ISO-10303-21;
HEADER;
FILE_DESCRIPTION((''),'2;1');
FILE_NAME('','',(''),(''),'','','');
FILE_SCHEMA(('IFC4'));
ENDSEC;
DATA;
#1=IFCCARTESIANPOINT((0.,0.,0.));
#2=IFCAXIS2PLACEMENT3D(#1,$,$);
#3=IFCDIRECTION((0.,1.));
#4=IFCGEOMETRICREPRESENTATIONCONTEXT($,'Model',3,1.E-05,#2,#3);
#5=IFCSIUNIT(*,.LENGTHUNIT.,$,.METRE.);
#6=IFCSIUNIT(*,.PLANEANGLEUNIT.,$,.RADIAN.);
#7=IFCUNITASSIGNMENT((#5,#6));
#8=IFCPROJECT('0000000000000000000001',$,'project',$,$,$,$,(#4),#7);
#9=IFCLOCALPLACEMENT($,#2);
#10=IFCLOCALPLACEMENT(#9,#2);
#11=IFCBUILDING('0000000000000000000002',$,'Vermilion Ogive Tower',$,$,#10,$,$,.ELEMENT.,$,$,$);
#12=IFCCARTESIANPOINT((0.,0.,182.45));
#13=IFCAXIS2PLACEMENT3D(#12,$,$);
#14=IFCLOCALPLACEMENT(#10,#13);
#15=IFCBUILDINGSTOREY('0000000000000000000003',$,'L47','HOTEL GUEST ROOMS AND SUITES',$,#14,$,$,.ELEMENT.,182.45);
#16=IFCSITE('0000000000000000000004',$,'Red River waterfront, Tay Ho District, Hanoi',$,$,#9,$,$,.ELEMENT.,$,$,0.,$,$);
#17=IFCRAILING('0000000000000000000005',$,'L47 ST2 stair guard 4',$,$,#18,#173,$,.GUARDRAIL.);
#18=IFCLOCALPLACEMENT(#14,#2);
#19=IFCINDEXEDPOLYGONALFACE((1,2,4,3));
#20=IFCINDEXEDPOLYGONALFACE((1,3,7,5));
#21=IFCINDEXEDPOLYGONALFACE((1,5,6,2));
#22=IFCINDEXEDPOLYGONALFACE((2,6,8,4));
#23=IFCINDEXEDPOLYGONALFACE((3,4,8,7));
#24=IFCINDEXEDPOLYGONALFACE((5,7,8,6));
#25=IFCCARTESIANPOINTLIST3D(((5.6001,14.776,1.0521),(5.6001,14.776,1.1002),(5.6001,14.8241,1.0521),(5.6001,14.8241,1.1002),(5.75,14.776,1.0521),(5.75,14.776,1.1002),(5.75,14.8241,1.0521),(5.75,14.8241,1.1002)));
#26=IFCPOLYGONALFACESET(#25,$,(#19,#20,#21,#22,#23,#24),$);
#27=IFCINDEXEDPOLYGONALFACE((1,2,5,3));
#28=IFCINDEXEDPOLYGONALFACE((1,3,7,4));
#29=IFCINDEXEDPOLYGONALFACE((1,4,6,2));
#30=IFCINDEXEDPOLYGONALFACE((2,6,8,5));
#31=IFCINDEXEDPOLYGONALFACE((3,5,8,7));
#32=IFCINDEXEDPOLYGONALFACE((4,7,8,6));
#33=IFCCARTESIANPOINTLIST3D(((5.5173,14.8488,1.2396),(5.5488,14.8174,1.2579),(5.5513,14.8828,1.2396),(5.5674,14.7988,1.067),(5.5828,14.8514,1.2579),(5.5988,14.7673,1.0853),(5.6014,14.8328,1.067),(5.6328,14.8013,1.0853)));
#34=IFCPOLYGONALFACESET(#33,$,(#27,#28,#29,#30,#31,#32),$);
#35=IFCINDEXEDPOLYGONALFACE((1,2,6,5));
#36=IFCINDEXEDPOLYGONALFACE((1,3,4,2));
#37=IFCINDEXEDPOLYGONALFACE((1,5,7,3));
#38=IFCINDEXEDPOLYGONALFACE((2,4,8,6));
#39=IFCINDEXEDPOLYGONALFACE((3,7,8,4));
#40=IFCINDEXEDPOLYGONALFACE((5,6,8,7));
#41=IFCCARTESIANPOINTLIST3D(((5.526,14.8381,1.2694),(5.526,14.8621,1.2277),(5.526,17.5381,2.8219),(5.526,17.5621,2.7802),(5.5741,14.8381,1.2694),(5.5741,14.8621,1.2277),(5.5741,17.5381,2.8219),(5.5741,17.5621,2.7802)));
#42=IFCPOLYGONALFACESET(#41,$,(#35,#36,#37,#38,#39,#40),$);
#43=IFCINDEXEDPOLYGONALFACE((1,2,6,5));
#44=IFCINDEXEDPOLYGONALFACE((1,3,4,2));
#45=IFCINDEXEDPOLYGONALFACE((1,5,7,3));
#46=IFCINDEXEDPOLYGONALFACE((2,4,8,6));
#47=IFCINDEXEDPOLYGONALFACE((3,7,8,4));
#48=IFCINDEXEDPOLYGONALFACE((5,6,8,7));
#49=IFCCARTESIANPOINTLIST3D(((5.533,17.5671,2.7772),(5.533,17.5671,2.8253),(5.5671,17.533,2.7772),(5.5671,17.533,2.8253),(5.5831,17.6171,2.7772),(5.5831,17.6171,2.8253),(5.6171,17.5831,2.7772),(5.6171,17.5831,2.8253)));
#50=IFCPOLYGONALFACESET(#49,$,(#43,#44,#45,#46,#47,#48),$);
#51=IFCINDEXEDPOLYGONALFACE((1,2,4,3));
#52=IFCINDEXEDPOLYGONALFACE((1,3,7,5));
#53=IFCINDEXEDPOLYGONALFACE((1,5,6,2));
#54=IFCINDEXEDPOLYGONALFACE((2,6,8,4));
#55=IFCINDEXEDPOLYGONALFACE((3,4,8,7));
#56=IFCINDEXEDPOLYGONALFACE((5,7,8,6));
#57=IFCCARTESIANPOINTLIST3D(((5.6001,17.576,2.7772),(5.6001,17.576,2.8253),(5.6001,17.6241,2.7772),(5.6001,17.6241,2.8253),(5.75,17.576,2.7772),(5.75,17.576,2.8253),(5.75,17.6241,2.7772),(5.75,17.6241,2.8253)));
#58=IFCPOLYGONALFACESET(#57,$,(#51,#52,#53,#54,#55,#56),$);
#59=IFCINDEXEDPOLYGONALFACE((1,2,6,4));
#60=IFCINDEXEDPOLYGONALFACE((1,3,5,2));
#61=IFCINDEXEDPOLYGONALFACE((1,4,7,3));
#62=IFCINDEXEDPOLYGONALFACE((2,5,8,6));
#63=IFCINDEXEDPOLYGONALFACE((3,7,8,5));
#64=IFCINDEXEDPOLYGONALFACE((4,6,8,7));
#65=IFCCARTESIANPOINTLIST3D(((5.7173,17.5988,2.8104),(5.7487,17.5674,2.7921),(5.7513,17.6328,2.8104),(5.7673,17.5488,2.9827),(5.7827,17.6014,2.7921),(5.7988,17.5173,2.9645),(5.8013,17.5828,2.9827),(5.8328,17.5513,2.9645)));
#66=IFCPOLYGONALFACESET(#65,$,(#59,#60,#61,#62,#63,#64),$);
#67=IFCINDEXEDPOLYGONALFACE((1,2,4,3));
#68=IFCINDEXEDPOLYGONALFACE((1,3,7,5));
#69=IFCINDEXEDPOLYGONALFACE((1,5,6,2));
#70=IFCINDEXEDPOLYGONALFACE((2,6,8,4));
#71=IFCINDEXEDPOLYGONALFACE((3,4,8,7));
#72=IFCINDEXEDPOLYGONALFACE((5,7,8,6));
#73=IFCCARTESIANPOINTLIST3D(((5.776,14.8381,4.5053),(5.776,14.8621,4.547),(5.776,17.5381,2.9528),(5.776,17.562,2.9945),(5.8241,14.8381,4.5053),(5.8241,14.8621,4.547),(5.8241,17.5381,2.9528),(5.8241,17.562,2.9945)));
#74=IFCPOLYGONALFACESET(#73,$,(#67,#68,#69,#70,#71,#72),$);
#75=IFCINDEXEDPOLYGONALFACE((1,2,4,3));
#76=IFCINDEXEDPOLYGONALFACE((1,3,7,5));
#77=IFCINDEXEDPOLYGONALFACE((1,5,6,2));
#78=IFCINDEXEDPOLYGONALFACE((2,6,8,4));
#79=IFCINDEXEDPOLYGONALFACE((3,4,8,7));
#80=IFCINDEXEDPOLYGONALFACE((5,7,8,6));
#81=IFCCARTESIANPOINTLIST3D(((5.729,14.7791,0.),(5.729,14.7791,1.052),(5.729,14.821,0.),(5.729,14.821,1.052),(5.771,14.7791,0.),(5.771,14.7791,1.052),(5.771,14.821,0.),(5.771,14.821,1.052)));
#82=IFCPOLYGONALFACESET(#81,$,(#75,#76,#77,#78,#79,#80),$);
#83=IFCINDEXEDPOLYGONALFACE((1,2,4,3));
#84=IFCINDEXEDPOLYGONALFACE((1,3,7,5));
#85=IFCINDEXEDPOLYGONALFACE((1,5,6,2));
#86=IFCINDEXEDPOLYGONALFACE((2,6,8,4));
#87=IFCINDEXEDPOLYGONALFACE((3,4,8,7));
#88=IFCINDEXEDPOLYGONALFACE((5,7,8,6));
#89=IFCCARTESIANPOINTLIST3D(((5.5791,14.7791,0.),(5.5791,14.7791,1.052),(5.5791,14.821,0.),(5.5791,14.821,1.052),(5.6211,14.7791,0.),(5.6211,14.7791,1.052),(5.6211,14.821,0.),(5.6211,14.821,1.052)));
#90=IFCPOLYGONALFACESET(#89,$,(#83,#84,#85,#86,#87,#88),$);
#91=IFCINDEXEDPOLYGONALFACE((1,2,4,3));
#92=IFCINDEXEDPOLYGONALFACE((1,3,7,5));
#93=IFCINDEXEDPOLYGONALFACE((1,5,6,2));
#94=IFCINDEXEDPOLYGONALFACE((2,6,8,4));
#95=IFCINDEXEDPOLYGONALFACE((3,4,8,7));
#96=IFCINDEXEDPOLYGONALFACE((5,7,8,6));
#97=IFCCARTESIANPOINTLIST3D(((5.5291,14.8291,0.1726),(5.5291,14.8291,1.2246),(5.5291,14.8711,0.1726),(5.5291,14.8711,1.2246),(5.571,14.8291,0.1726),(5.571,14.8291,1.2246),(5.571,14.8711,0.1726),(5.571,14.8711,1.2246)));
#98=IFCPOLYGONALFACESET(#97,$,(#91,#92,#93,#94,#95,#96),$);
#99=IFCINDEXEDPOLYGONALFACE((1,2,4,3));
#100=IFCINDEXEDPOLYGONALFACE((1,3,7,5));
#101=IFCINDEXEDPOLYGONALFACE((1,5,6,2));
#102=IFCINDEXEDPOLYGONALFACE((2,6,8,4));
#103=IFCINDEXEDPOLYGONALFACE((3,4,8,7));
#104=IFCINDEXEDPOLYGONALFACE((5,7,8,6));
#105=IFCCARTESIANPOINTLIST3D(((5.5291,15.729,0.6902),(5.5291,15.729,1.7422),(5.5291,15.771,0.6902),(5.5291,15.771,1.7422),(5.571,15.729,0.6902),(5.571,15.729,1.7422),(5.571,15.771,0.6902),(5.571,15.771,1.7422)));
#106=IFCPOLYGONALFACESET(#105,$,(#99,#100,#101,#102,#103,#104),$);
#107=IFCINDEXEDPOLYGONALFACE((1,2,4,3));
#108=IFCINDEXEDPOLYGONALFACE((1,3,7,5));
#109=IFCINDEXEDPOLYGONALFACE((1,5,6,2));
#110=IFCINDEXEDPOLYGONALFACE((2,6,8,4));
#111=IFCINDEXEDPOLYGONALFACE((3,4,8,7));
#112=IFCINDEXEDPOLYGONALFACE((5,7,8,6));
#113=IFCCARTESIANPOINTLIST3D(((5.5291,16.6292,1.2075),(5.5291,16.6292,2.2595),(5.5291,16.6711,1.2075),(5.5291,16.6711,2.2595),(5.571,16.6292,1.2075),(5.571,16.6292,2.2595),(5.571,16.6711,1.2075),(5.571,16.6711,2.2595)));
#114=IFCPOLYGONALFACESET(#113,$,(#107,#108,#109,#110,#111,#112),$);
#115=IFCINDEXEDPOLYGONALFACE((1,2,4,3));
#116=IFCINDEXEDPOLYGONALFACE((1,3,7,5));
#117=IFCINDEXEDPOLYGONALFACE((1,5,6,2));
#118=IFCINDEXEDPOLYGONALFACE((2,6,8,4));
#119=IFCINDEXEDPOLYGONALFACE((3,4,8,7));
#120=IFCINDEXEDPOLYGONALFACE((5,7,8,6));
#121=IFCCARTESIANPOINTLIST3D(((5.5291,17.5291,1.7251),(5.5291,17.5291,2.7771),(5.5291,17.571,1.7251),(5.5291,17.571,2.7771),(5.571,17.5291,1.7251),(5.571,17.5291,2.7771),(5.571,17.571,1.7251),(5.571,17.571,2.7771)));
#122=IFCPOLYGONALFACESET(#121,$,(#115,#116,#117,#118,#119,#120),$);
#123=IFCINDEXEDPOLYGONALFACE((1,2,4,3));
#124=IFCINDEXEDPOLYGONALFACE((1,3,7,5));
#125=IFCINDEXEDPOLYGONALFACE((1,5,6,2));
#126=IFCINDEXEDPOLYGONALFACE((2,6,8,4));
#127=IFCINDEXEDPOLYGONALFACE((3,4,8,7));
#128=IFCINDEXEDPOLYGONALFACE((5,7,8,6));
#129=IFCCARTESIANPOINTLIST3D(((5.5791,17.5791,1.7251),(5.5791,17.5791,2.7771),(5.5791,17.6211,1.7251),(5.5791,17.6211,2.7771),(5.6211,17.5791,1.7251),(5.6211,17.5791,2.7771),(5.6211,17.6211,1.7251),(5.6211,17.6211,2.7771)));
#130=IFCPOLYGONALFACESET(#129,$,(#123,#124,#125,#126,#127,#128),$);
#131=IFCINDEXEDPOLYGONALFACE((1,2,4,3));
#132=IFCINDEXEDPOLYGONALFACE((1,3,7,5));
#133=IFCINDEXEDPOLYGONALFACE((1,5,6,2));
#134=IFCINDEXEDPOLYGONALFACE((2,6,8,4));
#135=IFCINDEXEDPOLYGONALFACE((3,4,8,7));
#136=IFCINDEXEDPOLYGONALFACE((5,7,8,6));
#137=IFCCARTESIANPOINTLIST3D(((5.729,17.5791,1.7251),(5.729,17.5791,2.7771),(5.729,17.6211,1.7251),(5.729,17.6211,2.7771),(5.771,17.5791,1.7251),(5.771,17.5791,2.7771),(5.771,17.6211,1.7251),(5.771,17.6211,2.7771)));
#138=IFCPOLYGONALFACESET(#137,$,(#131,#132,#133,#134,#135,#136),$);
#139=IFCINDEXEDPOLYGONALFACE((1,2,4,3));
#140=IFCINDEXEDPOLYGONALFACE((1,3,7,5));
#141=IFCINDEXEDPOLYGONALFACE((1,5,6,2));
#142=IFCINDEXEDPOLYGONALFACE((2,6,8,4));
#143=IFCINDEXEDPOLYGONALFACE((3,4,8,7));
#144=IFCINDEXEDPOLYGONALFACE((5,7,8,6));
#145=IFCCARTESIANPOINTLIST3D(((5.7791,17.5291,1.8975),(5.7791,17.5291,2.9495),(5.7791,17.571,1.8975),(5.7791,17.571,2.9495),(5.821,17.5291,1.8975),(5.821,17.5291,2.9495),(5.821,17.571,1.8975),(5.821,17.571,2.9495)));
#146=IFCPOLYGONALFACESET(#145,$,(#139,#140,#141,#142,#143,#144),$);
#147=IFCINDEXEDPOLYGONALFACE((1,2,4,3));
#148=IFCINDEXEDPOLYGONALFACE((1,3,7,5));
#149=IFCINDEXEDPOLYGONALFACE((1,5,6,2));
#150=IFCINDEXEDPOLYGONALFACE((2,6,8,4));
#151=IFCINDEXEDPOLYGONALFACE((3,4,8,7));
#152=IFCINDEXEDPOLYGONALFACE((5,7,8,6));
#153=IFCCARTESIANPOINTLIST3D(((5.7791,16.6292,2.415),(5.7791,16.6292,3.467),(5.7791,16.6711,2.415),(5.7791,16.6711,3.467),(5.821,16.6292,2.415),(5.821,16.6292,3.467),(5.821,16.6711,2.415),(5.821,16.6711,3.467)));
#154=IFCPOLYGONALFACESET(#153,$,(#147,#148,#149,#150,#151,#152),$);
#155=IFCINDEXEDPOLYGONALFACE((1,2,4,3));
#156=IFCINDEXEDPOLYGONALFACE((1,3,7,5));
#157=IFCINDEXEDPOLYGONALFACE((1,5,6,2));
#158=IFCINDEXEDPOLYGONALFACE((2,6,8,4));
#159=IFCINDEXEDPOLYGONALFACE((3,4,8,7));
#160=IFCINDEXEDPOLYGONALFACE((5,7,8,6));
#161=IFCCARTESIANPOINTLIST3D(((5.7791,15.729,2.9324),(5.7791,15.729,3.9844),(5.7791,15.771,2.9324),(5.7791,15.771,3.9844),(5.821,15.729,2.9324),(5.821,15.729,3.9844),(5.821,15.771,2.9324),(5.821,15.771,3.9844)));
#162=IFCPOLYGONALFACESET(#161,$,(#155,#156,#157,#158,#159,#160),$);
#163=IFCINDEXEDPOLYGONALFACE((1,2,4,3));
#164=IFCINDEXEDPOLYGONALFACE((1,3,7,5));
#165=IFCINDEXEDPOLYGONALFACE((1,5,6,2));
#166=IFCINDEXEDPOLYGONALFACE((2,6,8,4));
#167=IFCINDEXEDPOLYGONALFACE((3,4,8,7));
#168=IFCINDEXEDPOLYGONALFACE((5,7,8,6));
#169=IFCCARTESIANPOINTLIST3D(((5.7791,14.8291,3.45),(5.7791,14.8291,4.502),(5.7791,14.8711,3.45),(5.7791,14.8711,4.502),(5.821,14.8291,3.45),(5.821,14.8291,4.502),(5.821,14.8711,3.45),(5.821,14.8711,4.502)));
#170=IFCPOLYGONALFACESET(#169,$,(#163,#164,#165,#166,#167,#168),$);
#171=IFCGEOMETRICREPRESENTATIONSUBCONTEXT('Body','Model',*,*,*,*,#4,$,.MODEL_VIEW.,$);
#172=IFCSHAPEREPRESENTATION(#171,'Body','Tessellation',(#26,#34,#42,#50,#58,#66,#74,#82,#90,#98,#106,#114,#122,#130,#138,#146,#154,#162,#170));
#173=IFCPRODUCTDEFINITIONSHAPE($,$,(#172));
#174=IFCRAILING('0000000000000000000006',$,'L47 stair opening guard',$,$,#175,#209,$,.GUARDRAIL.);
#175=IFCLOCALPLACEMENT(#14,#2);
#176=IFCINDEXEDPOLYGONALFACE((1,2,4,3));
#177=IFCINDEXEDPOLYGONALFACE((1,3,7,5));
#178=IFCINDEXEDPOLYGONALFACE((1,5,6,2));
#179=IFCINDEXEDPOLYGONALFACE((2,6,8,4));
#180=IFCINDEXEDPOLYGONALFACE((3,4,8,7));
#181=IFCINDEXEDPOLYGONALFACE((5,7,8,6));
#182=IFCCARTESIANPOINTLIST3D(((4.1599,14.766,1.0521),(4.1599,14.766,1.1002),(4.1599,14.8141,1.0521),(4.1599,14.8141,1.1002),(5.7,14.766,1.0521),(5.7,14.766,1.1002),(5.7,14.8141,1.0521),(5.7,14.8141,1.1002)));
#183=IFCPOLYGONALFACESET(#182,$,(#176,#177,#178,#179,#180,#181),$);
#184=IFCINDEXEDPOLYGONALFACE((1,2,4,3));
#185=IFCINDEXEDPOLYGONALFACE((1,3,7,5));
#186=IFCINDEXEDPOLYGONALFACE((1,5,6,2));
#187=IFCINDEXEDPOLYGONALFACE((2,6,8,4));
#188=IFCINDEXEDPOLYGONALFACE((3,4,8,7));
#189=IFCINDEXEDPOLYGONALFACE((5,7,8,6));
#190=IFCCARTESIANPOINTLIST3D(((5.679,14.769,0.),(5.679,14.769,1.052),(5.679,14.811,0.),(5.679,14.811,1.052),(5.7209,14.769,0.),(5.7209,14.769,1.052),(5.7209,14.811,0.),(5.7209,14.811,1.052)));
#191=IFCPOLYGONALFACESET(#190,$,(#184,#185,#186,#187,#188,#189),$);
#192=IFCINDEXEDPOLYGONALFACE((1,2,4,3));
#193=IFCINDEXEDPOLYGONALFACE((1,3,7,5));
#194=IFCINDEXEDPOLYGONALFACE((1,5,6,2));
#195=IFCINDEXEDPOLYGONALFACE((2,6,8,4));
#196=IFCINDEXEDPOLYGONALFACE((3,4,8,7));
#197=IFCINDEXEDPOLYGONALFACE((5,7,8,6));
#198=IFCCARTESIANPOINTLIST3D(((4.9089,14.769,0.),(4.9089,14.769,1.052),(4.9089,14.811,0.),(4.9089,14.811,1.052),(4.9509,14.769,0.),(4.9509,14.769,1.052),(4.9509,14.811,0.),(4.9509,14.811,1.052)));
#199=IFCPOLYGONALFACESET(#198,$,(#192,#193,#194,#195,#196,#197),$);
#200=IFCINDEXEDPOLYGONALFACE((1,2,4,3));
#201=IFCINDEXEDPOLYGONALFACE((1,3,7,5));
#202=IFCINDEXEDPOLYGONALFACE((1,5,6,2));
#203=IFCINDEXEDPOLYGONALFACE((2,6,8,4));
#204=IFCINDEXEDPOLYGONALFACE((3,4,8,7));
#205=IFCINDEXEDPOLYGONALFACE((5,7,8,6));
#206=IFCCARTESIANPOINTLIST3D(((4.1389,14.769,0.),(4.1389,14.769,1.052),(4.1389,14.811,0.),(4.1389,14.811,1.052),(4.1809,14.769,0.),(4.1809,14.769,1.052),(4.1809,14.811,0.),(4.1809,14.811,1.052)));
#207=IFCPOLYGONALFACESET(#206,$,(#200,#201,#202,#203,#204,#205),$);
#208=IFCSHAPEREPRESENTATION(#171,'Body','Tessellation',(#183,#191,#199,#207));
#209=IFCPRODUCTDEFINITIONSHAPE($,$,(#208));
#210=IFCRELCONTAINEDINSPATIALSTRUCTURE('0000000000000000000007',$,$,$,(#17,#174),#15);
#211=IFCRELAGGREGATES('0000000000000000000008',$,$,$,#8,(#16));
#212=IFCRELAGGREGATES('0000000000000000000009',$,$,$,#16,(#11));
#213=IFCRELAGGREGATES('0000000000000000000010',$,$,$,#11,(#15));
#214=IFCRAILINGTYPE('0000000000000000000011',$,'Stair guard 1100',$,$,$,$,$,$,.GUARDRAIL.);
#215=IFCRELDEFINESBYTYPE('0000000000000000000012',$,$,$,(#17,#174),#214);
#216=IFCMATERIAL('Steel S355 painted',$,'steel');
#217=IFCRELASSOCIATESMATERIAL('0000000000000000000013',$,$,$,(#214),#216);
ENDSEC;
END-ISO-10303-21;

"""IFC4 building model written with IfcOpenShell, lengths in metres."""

from ifc_helpers import new_model, si_unit, direction, frame, origin, origin_2d, place, context, subcontext, project, spatial, rectangle, extrude, material, type_object, element, save


model = new_model("IFC4")

# Units and contexts
model_context = context("Model", 3, precision=1e-05, world=origin(), true_north=direction((0.0, 1.0)))
body_context = subcontext(model_context, "Body", "Model", "MODEL_VIEW")
ifc_project = project(units=[si_unit("LENGTHUNIT", "METRE"), si_unit("PLANEANGLEUNIT", "RADIAN")], contexts=[model_context])

# Site, building, storey
site_placement = place(None, origin())
site = spatial("IfcSite", under=ifc_project, at=site_placement, Name="Red River waterfront, Tay Ho District, Hanoi", CompositionType="ELEMENT", RefElevation=0.0)
building_placement = place(site_placement, origin())
building = spatial("IfcBuilding", under=site, at=building_placement, Name="Vermilion Ogive Tower", CompositionType="ELEMENT")
storey_placement = place(building_placement, frame((0.0, 0.0, 182.45)))
storey = spatial("IfcBuildingStorey", under=building, at=storey_placement, Name="L47", Description="HOTEL GUEST ROOMS AND SUITES", CompositionType="ELEMENT", Elevation=182.45)

# Railings
ifc_material_1 = material(Name="Steel S355 painted", Category="steel")
railing_type_1 = type_object("IfcRailingType", Name="Stair guard 1100", PredefinedType="GUARDRAIL", material=ifc_material_1)
railing_1_placement = place(storey_placement, frame((5.75, 14.8, 0.0)))
element("IfcRailing", 1, at=railing_1_placement, inside=storey, type_object=railing_type_1, Name="L47 ST2 stair guard 4", PredefinedType="GUARDRAIL", context=body_context, shape_type="SweptSolid", body=[
    extrude(rectangle(XDim=0.0481, YDim=0.0481, at=origin_2d()), frame((0.0, 0.0, 1.0762), z_axis=(-1.0, 0.0, 0.0), x_axis=(0.0, -1.0, 0.0)), (0.0, 0.0, 1.0), 0.1499),
    extrude(rectangle(XDim=0.0481, YDim=0.0481, at=origin_2d()), frame((-0.1499, 0.0, 1.0762), z_axis=(-0.268278, 0.268278, 0.925232), x_axis=(-0.707107, -0.707107, 0.0)), (0.0, 0.0, 1.0), 0.1865),
    extrude(rectangle(XDim=0.0481, YDim=0.0481, at=origin_2d()), frame((-0.2, 0.05, 1.2485), z_axis=(0.0, 0.866904, 0.498476), x_axis=(-1.0, 0.0, 0.0)), (0.0, 0.0, 1.0), 3.1145),
    extrude(rectangle(XDim=0.0481, YDim=0.0481, at=origin_2d()), frame((-0.2, 2.75, 2.8013), z_axis=(0.707107, 0.707107, 0.0), x_axis=(-0.707107, 0.707107, 0.0)), (0.0, 0.0, 1.0), 0.0708),
    extrude(rectangle(XDim=0.0481, YDim=0.0481, at=origin_2d()), frame((-0.1499, 2.8, 2.8013), z_axis=(1.0, 0.0, 0.0), x_axis=(0.0, 1.0, 0.0)), (0.0, 0.0, 1.0), 0.1499),
    extrude(rectangle(XDim=0.0481, YDim=0.0481, at=origin_2d()), frame((0.0, 2.8, 2.8013), z_axis=(0.268603, -0.268603, 0.925043), x_axis=(0.707107, 0.707107, 0.0)), (0.0, 0.0, 1.0), 0.1863),
    extrude(rectangle(XDim=0.0481, YDim=0.0481, at=origin_2d()), frame((0.05, 2.75, 2.9736), z_axis=(0.0, -0.866904, 0.498476), x_axis=(1.0, 0.0, 0.0)), (0.0, 0.0, 1.0), 3.1145),
    extrude(rectangle(XDim=0.042, YDim=0.042, at=origin_2d()), origin(), (0.0, 0.0, 1.0), 1.052),
    extrude(rectangle(XDim=0.042, YDim=0.042, at=origin_2d()), frame((-0.1499, 0.0, 0.0)), (0.0, 0.0, 1.0), 1.052),
    extrude(rectangle(XDim=0.042, YDim=0.042, at=origin_2d()), frame((-0.2, 0.05, 0.1726)), (0.0, 0.0, 1.0), 1.052),
    extrude(rectangle(XDim=0.042, YDim=0.042, at=origin_2d()), frame((-0.2, 0.95, 0.6902)), (0.0, 0.0, 1.0), 1.052),
    extrude(rectangle(XDim=0.042, YDim=0.042, at=origin_2d()), frame((-0.2, 1.8501, 1.2075)), (0.0, 0.0, 1.0), 1.052),
    extrude(rectangle(XDim=0.042, YDim=0.042, at=origin_2d()), frame((-0.2, 2.75, 1.7251)), (0.0, 0.0, 1.0), 1.052),
    extrude(rectangle(XDim=0.042, YDim=0.042, at=origin_2d()), frame((-0.1499, 2.8, 1.7251)), (0.0, 0.0, 1.0), 1.052),
    extrude(rectangle(XDim=0.042, YDim=0.042, at=origin_2d()), frame((0.0, 2.8, 1.7251)), (0.0, 0.0, 1.0), 1.052),
    extrude(rectangle(XDim=0.042, YDim=0.042, at=origin_2d()), frame((0.05, 2.75, 1.8975)), (0.0, 0.0, 1.0), 1.052),
    extrude(rectangle(XDim=0.042, YDim=0.042, at=origin_2d()), frame((0.05, 1.8501, 2.415)), (0.0, 0.0, 1.0), 1.052),
    extrude(rectangle(XDim=0.042, YDim=0.042, at=origin_2d()), frame((0.05, 0.95, 2.9324)), (0.0, 0.0, 1.0), 1.052),
    extrude(rectangle(XDim=0.042, YDim=0.042, at=origin_2d()), frame((0.05, 0.05, 3.45)), (0.0, 0.0, 1.0), 1.052),
])
railing_2_placement = place(storey_placement, frame((5.7, 14.79, 0.0)))
element("IfcRailing", 2, at=railing_2_placement, inside=storey, type_object=railing_type_1, Name="L47 stair opening guard", PredefinedType="GUARDRAIL", context=body_context, shape_type="SweptSolid", body=[
    extrude(rectangle(XDim=0.0481, YDim=0.0481, at=origin_2d()), frame((0.0, 0.0, 1.0762), z_axis=(-1.0, 0.0, 0.0), x_axis=(0.0, -1.0, 0.0)), (0.0, 0.0, 1.0), 1.54),
    extrude(rectangle(XDim=0.042, YDim=0.042, at=origin_2d()), origin(), (0.0, 0.0, 1.0), 1.052),
    extrude(rectangle(XDim=0.042, YDim=0.042, at=origin_2d()), frame((-0.77, 0.0, 0.0)), (0.0, 0.0, 1.0), 1.052),
    extrude(rectangle(XDim=0.042, YDim=0.042, at=origin_2d()), frame((-1.54, 0.0, 0.0)), (0.0, 0.0, 1.0), 1.052),
])

save(model, "model.ifc")
